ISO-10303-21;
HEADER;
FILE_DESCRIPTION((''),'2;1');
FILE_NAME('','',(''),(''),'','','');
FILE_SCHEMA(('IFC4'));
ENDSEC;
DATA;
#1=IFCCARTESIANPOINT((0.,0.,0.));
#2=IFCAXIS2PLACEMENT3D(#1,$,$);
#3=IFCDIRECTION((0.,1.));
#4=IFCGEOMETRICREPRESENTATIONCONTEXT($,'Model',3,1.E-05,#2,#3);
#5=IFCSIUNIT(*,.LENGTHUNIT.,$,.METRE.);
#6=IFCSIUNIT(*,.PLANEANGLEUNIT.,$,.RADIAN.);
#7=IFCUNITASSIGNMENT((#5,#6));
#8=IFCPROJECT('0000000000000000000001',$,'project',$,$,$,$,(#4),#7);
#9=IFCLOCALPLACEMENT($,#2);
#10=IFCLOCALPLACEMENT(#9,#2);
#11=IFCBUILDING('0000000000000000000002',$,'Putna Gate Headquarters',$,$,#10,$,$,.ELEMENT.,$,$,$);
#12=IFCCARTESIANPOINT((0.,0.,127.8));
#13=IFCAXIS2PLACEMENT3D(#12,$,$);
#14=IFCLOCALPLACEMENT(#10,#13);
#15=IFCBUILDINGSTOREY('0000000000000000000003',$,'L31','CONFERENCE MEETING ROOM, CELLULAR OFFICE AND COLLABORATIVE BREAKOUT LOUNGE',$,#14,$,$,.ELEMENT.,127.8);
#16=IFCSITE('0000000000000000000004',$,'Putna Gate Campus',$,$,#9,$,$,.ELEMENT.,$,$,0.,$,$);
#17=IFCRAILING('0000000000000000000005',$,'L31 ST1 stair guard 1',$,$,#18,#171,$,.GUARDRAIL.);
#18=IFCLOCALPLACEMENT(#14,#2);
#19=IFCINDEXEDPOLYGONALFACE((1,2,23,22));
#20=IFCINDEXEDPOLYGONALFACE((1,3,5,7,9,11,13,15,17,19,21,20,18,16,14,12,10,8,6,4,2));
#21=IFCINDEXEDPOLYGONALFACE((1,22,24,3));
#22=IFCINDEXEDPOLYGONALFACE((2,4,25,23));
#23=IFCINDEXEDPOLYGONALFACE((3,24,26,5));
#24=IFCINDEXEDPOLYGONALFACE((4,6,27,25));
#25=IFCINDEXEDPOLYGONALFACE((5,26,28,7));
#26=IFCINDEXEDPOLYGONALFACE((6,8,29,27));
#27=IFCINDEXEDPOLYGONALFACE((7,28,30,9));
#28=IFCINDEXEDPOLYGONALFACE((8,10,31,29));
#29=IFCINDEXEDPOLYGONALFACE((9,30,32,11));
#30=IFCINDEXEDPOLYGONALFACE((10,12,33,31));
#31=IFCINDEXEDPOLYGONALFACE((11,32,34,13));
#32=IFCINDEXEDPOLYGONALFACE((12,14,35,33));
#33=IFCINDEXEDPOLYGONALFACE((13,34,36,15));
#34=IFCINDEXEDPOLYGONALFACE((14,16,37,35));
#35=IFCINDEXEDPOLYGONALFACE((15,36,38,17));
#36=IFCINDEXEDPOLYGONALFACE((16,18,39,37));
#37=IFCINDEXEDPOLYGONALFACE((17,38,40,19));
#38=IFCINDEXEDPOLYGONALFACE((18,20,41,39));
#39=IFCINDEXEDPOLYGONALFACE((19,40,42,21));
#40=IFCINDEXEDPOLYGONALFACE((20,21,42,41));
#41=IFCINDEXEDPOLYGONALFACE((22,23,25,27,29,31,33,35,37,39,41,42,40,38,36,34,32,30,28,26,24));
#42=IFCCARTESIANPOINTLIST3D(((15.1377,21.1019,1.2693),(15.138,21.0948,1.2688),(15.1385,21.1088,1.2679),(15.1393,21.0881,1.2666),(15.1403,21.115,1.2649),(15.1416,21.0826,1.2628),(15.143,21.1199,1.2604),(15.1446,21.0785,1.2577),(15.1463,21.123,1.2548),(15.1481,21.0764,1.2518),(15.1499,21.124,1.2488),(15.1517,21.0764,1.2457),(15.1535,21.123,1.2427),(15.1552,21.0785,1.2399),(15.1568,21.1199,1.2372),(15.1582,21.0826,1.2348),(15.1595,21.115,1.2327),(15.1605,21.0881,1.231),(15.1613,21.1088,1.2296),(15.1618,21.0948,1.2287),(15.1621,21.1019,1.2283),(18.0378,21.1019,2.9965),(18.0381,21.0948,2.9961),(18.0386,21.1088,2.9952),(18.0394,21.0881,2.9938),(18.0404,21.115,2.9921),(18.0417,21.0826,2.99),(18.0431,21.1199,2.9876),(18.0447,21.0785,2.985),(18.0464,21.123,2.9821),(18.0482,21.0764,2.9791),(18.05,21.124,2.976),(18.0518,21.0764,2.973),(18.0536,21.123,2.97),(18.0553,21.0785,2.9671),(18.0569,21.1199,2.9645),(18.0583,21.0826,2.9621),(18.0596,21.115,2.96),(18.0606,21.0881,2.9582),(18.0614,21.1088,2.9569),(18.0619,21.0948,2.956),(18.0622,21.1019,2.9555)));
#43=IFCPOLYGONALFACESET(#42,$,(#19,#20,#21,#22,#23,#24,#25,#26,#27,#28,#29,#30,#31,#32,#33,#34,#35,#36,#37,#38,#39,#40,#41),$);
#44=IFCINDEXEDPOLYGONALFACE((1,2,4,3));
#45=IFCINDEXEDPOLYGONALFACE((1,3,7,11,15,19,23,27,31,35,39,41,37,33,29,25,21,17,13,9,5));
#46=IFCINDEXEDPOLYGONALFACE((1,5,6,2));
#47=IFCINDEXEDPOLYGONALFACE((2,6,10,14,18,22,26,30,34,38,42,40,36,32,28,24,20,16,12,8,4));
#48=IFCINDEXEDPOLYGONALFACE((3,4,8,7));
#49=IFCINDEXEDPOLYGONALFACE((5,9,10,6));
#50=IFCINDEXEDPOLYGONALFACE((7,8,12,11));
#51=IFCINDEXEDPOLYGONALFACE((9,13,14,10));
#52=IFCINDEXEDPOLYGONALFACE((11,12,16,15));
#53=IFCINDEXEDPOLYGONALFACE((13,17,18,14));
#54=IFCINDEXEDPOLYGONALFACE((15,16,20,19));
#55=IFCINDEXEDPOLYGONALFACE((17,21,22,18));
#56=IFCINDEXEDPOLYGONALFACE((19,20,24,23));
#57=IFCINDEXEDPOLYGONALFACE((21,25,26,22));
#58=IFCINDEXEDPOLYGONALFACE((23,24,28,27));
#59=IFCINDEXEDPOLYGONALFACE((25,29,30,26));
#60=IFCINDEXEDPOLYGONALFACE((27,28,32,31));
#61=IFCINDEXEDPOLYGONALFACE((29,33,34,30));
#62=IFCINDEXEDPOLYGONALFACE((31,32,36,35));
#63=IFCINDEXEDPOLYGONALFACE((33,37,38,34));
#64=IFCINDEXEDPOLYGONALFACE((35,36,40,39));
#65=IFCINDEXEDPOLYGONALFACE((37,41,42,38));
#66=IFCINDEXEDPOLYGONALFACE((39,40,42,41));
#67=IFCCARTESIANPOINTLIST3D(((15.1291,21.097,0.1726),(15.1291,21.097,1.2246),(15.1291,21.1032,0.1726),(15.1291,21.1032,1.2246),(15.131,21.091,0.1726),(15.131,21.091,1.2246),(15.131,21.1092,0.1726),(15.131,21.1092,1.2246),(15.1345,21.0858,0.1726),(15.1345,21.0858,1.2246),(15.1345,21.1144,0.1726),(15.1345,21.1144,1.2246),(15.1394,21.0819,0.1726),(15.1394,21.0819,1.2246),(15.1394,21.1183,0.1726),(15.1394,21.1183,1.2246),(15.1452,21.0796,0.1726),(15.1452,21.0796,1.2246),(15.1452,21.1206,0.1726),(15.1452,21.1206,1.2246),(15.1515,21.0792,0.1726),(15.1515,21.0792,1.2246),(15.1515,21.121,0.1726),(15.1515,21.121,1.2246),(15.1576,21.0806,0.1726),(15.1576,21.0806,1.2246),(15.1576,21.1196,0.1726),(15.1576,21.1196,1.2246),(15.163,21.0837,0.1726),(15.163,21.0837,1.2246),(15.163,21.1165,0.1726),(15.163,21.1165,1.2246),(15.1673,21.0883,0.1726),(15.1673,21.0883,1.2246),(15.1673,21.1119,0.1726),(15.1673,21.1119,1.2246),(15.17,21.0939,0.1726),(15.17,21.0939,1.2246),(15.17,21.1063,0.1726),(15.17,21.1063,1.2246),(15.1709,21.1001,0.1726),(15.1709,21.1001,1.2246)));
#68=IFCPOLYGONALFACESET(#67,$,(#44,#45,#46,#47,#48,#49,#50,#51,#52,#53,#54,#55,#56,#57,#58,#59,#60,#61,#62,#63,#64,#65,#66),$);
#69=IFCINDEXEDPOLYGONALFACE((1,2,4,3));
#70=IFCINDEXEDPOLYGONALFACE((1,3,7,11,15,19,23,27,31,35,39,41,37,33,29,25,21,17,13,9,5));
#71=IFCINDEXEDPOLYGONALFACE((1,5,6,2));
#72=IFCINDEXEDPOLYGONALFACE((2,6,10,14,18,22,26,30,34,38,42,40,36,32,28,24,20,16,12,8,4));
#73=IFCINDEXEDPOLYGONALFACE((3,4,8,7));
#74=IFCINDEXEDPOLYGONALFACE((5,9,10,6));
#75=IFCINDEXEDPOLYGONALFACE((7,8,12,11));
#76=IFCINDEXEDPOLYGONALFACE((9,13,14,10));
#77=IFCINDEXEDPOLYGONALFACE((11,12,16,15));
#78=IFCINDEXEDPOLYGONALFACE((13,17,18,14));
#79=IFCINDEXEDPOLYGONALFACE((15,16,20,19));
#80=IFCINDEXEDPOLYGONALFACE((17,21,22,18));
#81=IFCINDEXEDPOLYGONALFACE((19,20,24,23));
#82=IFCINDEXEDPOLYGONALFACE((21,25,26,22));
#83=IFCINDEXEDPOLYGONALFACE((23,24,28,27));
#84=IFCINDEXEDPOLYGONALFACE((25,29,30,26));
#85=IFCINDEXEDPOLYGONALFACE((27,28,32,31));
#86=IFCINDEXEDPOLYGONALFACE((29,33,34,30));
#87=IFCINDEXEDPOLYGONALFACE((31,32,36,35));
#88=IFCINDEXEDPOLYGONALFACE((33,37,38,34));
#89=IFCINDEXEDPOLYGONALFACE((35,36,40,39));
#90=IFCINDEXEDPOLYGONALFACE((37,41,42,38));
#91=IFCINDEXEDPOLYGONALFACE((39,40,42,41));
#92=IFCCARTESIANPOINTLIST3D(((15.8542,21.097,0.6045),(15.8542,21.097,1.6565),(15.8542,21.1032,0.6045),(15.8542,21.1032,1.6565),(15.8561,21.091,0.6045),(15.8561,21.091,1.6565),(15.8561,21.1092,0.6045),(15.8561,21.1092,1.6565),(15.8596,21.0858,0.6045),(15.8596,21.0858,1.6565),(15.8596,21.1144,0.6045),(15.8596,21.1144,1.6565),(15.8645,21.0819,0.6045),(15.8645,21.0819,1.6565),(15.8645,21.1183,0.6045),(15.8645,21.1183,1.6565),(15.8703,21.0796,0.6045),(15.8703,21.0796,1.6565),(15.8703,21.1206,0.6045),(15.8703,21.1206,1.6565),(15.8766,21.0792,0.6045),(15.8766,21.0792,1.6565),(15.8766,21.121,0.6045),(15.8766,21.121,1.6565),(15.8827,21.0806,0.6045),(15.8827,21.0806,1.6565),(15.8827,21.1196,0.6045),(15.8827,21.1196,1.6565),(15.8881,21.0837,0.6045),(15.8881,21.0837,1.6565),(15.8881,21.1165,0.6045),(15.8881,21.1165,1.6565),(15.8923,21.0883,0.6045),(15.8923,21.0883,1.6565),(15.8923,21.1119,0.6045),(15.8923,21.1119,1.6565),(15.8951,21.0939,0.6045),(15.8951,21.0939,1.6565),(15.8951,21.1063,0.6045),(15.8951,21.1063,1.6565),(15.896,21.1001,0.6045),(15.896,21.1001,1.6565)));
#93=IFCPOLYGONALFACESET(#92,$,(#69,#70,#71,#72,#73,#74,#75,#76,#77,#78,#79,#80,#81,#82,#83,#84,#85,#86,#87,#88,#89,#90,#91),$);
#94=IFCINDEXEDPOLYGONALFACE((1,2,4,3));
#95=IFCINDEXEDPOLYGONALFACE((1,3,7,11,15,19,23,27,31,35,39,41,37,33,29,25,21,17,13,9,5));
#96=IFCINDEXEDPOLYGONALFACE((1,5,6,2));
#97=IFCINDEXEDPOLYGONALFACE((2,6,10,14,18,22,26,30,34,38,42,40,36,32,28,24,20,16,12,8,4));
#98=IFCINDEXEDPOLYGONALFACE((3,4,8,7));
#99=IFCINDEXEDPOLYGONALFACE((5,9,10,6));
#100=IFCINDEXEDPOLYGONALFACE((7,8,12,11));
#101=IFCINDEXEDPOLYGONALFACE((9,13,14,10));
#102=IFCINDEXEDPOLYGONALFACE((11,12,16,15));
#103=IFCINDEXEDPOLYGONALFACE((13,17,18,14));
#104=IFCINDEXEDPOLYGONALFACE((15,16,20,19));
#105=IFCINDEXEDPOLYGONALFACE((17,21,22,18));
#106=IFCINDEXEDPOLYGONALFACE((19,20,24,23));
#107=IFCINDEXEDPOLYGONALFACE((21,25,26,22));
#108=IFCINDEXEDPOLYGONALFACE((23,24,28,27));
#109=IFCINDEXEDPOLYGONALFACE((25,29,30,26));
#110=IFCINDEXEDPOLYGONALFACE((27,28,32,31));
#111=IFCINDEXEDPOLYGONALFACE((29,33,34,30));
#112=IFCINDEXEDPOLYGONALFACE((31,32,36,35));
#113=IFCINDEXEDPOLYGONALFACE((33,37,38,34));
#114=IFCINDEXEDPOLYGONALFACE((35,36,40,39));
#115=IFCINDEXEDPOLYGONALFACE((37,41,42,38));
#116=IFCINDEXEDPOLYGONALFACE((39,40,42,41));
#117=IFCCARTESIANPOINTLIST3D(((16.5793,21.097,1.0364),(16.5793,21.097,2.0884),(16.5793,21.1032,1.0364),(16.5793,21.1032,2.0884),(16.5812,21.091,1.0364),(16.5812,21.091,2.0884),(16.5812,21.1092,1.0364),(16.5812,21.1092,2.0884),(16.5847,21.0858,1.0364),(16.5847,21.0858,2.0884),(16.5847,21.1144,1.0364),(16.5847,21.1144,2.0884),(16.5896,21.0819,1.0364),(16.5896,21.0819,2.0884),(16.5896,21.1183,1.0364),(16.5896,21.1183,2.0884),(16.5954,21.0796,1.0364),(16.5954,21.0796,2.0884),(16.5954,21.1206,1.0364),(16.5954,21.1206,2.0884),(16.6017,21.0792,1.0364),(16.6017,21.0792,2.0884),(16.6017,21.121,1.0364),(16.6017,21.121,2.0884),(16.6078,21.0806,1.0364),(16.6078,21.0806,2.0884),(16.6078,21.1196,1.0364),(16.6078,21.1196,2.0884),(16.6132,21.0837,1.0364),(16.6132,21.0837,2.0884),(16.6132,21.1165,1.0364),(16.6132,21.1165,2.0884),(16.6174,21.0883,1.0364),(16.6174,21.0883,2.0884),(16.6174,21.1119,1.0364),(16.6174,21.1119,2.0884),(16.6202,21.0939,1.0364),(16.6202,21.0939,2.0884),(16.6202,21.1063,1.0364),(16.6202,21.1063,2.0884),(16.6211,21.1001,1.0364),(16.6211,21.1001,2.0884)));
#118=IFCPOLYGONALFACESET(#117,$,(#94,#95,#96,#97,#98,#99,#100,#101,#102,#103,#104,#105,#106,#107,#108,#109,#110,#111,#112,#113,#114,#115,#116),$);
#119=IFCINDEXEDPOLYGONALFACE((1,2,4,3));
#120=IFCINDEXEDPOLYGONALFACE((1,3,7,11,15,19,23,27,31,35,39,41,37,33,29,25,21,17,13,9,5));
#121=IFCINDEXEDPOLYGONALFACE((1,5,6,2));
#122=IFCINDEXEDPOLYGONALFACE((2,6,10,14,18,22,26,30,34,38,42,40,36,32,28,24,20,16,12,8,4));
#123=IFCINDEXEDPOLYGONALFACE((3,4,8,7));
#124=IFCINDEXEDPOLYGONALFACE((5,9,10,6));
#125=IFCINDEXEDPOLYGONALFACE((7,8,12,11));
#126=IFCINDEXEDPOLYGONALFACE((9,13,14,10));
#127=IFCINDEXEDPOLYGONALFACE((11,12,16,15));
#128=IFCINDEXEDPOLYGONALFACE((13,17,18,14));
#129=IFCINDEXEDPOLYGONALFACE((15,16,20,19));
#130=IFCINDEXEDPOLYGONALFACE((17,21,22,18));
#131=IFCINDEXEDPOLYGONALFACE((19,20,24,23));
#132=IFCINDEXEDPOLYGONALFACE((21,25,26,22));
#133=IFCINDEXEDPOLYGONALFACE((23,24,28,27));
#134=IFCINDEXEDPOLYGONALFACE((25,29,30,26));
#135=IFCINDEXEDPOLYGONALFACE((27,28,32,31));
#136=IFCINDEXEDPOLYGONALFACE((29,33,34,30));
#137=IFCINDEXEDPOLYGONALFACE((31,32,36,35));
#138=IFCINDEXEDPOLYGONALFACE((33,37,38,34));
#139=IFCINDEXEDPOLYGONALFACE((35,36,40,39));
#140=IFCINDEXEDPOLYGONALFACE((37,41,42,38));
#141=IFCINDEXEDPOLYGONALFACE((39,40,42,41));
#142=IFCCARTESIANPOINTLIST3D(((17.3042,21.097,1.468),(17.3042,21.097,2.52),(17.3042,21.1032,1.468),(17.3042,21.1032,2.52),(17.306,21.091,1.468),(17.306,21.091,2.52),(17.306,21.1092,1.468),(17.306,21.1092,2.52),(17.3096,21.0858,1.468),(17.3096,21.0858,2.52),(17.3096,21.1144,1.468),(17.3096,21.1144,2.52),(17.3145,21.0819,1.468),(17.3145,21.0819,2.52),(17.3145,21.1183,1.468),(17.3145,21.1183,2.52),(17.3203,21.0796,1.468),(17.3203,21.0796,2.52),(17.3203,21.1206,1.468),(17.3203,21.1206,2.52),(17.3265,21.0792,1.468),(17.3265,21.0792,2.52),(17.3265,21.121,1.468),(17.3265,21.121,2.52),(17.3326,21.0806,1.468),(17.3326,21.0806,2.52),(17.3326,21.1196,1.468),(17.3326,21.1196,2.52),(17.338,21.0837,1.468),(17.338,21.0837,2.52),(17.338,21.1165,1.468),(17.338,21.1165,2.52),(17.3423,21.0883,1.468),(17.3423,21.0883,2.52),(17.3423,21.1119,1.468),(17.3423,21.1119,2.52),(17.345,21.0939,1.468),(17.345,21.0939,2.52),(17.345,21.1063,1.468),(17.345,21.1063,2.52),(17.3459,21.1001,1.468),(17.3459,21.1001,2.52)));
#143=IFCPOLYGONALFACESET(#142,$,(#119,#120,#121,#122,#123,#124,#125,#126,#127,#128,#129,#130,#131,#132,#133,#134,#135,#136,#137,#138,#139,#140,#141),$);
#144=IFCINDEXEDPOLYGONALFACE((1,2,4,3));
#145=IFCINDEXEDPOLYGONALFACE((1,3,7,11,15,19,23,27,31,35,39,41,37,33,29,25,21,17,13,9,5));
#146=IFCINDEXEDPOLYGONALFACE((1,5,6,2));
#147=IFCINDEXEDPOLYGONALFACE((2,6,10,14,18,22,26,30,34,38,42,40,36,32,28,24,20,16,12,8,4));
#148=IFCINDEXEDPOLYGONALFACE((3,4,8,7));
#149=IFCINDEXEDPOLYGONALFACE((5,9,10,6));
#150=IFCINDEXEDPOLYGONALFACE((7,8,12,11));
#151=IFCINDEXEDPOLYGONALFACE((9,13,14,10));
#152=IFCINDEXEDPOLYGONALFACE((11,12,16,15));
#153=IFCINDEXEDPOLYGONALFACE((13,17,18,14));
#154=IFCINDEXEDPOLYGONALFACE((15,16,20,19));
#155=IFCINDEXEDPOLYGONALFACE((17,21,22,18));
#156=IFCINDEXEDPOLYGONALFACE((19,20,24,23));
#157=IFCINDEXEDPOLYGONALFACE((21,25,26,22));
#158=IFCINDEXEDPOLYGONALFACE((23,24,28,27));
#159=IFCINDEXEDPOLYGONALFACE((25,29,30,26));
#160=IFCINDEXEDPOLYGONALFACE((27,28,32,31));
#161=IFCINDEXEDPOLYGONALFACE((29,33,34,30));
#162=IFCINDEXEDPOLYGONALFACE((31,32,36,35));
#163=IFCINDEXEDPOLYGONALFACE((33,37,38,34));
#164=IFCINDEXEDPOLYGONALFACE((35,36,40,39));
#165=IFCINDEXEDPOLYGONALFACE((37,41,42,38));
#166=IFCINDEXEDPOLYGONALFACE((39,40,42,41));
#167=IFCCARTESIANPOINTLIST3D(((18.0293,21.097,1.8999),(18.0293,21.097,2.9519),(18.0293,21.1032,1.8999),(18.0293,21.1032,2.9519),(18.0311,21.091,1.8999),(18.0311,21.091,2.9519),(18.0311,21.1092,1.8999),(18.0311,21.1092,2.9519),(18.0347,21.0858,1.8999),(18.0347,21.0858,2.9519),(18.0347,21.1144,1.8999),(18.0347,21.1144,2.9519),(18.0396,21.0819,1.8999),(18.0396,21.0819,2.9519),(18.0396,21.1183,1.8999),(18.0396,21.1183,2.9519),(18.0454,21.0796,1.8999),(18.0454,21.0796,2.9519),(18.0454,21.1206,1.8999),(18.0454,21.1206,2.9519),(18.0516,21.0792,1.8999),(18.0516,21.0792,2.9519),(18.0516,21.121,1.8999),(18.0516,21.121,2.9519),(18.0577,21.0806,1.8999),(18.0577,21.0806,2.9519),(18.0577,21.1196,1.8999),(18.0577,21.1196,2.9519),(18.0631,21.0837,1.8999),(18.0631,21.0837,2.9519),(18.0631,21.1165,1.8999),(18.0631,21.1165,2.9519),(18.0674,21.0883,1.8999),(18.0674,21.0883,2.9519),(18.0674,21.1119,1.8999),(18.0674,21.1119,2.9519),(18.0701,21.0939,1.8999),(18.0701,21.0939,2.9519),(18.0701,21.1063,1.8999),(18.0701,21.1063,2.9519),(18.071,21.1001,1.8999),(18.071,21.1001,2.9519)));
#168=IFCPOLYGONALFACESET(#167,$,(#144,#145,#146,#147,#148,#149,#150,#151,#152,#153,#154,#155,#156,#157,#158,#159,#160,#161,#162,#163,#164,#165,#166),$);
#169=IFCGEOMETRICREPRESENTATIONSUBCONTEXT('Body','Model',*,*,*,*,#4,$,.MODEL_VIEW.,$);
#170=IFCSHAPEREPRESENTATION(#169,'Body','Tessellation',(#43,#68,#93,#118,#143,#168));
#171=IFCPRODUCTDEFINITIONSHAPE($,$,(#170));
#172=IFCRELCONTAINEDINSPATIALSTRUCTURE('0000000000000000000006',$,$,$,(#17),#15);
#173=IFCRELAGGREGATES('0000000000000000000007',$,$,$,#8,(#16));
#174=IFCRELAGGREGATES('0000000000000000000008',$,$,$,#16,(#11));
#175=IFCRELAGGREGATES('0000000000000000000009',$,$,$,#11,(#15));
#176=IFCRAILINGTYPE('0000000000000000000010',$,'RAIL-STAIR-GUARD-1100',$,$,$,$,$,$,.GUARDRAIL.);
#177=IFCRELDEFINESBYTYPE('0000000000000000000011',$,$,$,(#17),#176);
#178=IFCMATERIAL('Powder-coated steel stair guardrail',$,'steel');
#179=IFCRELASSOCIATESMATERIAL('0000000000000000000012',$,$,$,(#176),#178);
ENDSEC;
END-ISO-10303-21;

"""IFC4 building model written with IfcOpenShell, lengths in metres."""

from ifc_helpers import new_model, si_unit, direction, frame, origin, origin_2d, place, context, subcontext, project, spatial, circle, extrude, material, type_object, element, save


model = new_model("IFC4")

# Units and contexts
model_context = context("Model", 3, precision=1e-05, world=origin(), true_north=direction((0.0, 1.0)))
body_context = subcontext(model_context, "Body", "Model", "MODEL_VIEW")
ifc_project = project(units=[si_unit("LENGTHUNIT", "METRE"), si_unit("PLANEANGLEUNIT", "RADIAN")], contexts=[model_context])

# Site, building, storey
site_placement = place(None, origin())
site = spatial("IfcSite", under=ifc_project, at=site_placement, Name="Putna Gate Campus", CompositionType="ELEMENT", RefElevation=0.0)
building_placement = place(site_placement, origin())
building = spatial("IfcBuilding", under=site, at=building_placement, Name="Putna Gate Headquarters", CompositionType="ELEMENT")
storey_placement = place(building_placement, frame((0.0, 0.0, 127.8)))
storey = spatial("IfcBuildingStorey", under=building, at=storey_placement, Name="L31", Description="CONFERENCE MEETING ROOM, CELLULAR OFFICE AND COLLABORATIVE BREAKOUT LOUNGE", CompositionType="ELEMENT", Elevation=127.8)

# Railing
ifc_material_1 = material(Name="Powder-coated steel stair guardrail", Category="steel")
railing_type_1 = type_object("IfcRailingType", Name="RAIL-STAIR-GUARD-1100", PredefinedType="GUARDRAIL", material=ifc_material_1)
railing_1_placement = place(storey_placement, frame((15.1499, 21.1001, 0.1726)))
element("IfcRailing", 1, at=railing_1_placement, inside=storey, type_object=railing_type_1, Name="L31 ST1 stair guard 1", PredefinedType="GUARDRAIL", context=body_context, shape_type="SweptSolid", body=[
    extrude(circle(Radius=0.0239, at=origin_2d()), frame((0.0, 0.0, 1.0762), z_axis=(0.85916, 0.0, 0.511706), x_axis=(0.0, 1.0, 0.0)), (0.0, 0.0, 1.0), 3.3755),
    extrude(circle(Radius=0.021, at=origin_2d()), origin(), (0.0, 0.0, 1.0), 1.052),
    extrude(circle(Radius=0.021, at=origin_2d()), frame((0.7251, 0.0, 0.4319)), (0.0, 0.0, 1.0), 1.052),
    extrude(circle(Radius=0.021, at=origin_2d()), frame((1.4502, 0.0, 0.8638)), (0.0, 0.0, 1.0), 1.052),
    extrude(circle(Radius=0.021, at=origin_2d()), frame((2.175, 0.0, 1.2954)), (0.0, 0.0, 1.0), 1.052),
    extrude(circle(Radius=0.021, at=origin_2d()), frame((2.9001, 0.0, 1.7273)), (0.0, 0.0, 1.0), 1.052),
])

save(model, "model.ifc")
